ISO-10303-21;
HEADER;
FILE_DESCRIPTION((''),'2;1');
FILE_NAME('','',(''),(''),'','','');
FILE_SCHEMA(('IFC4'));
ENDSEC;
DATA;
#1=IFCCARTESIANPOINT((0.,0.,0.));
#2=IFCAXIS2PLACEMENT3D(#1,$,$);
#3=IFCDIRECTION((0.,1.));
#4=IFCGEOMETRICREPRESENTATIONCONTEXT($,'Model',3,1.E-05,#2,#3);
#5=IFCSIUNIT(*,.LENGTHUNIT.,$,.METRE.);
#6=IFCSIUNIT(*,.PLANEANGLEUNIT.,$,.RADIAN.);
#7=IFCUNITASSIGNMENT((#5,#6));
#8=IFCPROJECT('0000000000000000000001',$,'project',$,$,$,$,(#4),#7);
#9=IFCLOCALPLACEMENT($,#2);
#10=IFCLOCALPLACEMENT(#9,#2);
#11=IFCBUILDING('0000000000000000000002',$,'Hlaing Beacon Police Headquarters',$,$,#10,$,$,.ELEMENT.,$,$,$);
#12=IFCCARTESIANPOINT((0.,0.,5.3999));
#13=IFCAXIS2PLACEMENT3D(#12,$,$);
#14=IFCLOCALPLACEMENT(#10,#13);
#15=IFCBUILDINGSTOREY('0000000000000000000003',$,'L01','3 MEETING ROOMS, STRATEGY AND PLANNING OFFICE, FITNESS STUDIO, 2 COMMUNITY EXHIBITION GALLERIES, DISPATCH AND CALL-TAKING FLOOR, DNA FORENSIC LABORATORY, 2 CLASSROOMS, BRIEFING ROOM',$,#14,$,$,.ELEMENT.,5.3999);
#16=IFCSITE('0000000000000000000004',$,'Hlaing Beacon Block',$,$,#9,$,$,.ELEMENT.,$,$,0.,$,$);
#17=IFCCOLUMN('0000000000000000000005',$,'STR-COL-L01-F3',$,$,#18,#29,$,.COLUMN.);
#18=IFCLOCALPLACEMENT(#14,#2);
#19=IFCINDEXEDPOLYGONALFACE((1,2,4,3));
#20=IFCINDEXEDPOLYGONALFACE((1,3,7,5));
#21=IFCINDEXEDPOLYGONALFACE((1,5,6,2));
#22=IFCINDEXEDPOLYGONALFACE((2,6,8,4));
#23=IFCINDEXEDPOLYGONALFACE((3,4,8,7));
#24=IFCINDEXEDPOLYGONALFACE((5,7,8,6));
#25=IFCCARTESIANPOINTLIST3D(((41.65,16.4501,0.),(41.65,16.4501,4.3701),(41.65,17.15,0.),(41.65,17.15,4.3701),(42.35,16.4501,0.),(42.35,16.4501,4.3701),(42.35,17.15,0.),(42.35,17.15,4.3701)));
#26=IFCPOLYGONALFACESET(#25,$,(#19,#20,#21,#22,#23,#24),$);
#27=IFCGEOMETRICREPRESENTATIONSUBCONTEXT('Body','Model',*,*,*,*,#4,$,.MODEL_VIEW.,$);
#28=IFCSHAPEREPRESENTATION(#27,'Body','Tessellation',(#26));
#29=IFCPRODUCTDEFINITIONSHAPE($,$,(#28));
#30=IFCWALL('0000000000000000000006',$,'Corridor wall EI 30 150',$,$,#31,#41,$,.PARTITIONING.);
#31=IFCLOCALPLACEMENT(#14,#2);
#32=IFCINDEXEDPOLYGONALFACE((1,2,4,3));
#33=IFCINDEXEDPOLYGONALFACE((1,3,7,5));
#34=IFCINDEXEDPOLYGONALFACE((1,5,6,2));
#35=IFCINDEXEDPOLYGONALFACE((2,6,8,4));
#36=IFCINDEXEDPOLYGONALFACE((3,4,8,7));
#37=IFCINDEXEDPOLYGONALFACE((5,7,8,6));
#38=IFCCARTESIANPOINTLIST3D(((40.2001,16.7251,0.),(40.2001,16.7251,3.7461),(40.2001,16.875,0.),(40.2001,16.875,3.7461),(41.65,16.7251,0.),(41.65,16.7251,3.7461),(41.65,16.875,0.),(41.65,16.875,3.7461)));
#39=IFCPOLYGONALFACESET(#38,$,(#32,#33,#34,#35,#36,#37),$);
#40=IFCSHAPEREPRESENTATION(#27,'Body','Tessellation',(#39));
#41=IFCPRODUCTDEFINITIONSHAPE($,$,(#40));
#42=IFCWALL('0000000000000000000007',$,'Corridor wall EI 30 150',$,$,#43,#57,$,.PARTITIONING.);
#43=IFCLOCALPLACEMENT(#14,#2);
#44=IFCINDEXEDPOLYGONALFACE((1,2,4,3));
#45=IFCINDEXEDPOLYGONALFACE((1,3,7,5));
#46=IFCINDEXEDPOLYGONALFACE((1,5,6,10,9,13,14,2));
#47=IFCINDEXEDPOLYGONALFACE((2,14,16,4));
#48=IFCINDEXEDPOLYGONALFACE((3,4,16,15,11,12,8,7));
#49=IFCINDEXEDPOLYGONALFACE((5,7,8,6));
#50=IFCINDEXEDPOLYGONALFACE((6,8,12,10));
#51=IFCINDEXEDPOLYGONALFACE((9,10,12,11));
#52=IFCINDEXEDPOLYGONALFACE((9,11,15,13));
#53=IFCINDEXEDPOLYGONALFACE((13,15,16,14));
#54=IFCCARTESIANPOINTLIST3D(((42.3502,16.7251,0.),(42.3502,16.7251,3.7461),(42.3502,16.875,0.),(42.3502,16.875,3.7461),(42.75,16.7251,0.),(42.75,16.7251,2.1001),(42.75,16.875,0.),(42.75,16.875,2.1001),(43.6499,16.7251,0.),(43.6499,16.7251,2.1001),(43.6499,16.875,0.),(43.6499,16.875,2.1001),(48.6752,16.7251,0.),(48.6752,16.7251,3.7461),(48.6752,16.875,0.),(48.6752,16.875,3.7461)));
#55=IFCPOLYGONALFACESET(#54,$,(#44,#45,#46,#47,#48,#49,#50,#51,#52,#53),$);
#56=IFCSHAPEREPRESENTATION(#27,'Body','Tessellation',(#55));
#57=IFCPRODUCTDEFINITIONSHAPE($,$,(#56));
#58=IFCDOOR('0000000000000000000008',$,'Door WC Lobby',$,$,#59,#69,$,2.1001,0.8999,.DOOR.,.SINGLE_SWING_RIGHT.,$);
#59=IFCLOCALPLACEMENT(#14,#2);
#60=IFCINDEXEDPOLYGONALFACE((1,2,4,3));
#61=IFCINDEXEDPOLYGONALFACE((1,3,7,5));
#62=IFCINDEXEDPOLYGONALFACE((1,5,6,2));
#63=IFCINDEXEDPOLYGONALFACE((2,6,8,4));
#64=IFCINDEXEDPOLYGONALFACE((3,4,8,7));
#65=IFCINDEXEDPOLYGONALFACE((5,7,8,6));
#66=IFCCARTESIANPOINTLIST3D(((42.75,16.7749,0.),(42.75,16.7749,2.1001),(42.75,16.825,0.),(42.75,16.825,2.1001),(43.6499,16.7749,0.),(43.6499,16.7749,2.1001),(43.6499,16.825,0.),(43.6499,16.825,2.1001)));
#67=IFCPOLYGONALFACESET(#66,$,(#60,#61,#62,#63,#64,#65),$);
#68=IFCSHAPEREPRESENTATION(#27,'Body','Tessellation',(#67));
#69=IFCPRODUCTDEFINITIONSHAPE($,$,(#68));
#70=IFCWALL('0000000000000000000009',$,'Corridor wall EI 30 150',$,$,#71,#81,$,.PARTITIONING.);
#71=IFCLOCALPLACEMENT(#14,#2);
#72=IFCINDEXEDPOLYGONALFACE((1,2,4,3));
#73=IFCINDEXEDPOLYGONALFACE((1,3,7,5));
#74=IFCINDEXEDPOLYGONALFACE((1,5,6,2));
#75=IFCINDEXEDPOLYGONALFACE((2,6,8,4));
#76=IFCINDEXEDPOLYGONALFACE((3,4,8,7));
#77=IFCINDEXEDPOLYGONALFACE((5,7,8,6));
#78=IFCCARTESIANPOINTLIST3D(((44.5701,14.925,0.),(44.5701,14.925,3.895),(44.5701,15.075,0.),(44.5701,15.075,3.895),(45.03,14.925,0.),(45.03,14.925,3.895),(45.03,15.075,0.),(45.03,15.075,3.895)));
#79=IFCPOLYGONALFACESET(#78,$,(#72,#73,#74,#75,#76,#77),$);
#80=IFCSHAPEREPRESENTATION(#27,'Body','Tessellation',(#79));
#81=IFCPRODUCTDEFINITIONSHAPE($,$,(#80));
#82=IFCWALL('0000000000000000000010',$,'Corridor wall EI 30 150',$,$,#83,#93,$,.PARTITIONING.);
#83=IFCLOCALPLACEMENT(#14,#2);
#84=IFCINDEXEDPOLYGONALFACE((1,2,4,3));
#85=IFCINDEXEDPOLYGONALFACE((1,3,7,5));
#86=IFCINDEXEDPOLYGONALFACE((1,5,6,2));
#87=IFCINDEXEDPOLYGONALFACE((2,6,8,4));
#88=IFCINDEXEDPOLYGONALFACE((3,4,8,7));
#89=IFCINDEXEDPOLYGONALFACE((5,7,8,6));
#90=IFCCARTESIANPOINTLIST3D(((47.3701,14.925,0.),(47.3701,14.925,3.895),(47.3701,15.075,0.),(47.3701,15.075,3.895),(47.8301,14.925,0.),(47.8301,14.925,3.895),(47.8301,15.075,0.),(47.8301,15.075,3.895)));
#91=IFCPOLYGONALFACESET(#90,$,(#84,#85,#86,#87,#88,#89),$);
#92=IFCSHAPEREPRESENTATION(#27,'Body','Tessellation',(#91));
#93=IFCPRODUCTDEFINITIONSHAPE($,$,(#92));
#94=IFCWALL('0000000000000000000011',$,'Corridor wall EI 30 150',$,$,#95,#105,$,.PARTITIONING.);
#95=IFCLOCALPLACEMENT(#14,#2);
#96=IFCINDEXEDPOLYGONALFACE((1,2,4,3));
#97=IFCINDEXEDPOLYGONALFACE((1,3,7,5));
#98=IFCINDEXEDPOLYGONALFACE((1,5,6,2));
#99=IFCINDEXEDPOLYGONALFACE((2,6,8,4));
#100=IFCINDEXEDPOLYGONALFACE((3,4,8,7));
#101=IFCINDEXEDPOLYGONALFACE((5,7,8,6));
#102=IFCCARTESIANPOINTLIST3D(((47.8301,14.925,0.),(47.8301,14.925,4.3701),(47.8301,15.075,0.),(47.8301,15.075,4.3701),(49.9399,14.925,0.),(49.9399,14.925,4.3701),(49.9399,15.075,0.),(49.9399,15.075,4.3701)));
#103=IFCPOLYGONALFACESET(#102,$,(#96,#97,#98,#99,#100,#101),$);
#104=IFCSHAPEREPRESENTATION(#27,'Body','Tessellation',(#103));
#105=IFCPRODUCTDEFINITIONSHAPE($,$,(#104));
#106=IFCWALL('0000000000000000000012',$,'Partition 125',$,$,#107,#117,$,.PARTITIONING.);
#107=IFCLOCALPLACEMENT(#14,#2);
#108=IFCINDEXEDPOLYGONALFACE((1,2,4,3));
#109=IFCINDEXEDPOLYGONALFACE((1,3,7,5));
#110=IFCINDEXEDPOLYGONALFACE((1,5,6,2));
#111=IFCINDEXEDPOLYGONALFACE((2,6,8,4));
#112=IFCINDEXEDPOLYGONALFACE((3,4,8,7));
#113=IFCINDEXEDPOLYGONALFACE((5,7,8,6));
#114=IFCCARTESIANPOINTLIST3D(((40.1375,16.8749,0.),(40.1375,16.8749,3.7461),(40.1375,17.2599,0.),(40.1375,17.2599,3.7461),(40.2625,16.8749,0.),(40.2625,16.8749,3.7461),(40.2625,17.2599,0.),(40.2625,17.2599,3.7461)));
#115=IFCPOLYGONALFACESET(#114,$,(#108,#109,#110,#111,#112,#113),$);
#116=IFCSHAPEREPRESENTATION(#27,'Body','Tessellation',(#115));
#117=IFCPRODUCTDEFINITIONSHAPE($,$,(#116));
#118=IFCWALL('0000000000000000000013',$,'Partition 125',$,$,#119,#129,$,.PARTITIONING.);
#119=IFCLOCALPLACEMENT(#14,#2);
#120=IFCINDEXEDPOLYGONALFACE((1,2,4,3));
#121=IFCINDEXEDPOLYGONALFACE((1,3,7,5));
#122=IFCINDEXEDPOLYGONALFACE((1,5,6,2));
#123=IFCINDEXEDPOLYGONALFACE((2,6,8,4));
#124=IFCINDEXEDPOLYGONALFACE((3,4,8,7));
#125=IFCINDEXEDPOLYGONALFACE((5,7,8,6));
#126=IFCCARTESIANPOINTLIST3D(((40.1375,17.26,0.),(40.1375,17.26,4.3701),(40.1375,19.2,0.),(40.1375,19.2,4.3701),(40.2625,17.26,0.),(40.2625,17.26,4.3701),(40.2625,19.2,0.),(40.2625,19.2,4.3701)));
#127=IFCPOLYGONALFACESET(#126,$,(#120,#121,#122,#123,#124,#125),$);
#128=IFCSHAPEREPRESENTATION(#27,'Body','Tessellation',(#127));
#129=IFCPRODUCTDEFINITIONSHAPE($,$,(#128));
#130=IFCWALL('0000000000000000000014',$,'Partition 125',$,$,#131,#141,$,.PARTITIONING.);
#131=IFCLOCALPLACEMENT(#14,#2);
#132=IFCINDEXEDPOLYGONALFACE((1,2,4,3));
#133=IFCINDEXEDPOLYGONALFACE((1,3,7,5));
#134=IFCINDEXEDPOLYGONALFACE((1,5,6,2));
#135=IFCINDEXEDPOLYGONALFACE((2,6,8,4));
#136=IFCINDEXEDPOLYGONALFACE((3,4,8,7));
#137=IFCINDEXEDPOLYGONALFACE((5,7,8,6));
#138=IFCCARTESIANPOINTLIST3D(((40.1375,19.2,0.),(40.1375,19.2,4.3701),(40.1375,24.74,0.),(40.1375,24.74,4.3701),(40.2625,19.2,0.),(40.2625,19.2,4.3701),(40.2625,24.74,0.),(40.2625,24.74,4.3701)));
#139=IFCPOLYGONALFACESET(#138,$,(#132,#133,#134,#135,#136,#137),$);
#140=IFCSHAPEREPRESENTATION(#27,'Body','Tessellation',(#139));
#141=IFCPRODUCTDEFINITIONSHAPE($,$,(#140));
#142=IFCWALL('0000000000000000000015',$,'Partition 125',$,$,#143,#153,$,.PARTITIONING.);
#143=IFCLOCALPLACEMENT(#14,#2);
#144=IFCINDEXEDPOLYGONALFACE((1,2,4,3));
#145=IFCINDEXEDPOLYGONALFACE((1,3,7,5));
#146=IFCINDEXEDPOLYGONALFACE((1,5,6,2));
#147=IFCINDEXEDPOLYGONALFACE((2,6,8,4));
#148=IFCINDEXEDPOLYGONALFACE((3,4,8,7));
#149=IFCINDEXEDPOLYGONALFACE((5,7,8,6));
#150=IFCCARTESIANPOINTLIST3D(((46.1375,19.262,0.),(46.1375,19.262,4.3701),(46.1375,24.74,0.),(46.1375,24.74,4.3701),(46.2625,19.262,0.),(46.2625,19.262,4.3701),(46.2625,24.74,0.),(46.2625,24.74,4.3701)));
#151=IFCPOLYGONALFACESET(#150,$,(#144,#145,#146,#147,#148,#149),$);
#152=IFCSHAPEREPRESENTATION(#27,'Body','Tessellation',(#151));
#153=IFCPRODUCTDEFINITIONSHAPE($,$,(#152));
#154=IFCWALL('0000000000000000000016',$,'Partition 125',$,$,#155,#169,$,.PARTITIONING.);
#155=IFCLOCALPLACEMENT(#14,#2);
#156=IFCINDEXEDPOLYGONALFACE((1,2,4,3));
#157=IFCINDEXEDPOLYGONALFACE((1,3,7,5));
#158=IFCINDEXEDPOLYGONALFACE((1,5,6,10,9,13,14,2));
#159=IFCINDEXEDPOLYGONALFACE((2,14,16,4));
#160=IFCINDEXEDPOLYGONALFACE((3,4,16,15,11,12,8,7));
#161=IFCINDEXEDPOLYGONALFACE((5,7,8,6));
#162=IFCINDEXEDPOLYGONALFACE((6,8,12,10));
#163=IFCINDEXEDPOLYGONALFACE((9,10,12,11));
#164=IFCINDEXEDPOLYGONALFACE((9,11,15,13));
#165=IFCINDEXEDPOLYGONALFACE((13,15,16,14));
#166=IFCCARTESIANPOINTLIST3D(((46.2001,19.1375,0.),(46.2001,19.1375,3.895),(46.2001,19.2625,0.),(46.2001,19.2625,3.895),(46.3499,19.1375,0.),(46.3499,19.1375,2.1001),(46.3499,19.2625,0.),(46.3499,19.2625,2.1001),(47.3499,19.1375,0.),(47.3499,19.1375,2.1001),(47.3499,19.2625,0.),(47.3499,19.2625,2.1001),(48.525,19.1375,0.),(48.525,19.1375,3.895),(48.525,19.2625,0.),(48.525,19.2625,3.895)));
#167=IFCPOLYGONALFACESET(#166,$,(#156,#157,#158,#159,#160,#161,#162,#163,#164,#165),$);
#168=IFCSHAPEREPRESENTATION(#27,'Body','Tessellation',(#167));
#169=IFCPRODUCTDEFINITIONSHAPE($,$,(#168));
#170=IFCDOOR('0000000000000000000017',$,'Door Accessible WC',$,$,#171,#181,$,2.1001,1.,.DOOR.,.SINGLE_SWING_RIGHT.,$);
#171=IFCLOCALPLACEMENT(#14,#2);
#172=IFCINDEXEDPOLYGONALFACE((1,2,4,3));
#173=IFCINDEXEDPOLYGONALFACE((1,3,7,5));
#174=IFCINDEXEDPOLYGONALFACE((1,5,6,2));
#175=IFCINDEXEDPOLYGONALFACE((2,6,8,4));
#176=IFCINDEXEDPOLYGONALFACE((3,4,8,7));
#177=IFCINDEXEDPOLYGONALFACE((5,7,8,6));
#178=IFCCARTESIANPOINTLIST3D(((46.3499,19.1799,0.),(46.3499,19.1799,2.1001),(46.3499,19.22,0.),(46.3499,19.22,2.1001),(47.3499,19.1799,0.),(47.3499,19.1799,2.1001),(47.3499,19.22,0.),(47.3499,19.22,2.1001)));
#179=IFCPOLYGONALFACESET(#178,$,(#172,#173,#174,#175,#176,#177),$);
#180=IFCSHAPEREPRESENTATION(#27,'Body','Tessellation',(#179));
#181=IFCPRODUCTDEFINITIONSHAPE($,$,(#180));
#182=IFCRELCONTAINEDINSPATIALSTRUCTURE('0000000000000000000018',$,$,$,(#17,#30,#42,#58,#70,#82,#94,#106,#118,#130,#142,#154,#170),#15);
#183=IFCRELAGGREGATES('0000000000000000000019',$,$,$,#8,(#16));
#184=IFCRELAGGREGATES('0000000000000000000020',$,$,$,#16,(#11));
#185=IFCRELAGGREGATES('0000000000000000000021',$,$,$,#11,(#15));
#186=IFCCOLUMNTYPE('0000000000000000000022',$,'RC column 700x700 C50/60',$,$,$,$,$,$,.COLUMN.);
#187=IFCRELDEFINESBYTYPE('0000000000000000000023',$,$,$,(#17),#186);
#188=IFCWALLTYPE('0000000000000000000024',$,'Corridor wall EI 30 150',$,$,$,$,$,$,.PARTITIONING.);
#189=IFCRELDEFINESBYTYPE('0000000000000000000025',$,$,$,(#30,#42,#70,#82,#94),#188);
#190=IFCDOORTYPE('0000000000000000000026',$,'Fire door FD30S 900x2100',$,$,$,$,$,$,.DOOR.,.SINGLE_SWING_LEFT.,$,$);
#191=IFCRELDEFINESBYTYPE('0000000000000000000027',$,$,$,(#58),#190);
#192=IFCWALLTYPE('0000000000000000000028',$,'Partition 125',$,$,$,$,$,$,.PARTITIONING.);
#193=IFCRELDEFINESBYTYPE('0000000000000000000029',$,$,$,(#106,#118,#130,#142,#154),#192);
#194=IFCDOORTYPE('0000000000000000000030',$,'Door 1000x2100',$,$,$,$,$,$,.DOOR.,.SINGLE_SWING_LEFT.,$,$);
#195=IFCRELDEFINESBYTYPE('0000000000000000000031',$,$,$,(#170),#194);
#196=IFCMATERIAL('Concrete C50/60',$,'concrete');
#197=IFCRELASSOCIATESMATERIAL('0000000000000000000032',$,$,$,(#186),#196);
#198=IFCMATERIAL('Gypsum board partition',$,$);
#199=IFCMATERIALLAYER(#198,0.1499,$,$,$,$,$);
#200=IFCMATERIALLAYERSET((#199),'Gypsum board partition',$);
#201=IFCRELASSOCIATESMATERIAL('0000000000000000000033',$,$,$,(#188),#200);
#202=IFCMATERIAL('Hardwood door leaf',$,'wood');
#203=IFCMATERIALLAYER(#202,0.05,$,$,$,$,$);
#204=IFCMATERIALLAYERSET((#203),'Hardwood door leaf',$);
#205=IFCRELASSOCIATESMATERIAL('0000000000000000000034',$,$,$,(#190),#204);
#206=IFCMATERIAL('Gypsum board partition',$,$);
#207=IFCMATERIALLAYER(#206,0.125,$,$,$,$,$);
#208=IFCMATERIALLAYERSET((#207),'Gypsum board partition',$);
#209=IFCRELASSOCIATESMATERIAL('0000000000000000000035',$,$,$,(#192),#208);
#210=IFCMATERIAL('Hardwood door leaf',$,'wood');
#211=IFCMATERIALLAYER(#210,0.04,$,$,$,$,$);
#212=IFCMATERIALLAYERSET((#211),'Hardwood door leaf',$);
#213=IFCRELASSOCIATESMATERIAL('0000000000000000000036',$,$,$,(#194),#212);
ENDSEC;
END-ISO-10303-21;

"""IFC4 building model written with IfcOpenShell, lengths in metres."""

from ifc_helpers import new_model, si_unit, direction, frame, frame_2d, origin, origin_2d, place, context, subcontext, project, spatial, rectangle, extrude, material, layer, layer_set, material_profile, profile_set, type_object, element, fill, save


model = new_model("IFC4")

# Units and contexts
model_context = context("Model", 3, precision=1e-05, world=origin(), true_north=direction((0.0, 1.0)))
body_context = subcontext(model_context, "Body", "Model", "MODEL_VIEW")
ifc_project = project(units=[si_unit("LENGTHUNIT", "METRE"), si_unit("PLANEANGLEUNIT", "RADIAN")], contexts=[model_context])

# Site, building, storey
site_placement = place(None, origin())
site = spatial("IfcSite", under=ifc_project, at=site_placement, Name="Hlaing Beacon Block", CompositionType="ELEMENT", RefElevation=0.0)
building_placement = place(site_placement, origin())
building = spatial("IfcBuilding", under=site, at=building_placement, Name="Hlaing Beacon Police Headquarters", CompositionType="ELEMENT")
storey_placement = place(building_placement, frame((0.0, 0.0, 5.3999)))
storey = spatial("IfcBuildingStorey", under=building, at=storey_placement, Name="L01", Description="3 MEETING ROOMS, STRATEGY AND PLANNING OFFICE, FITNESS STUDIO, 2 COMMUNITY EXHIBITION GALLERIES, DISPATCH AND CALL-TAKING FLOOR, DNA FORENSIC LABORATORY, 2 CLASSROOMS, BRIEFING ROOM", CompositionType="ELEMENT", Elevation=5.3999)

# Column
ifc_material_1 = material(Name="Concrete C50/60", Category="concrete")
ifc_material_profile = material_profile(ifc_material_1, rectangle(XDim=0.7, YDim=0.7, at=origin_2d()), Name="700x700")
ifc_profile_set = profile_set([ifc_material_profile], Name="Concrete C50/60")
column_type = type_object("IfcColumnType", Name="RC column 700x700 C50/60", PredefinedType="COLUMN", material=ifc_profile_set)
column_placement = place(storey_placement, frame((42.0, 16.8, 0.0), z_axis=(0.0, 0.0, 1.0), x_axis=(1.0, 0.0, 0.0)))
element("IfcColumn", 1, at=column_placement, inside=storey, type_object=column_type, Name="STR-COL-L01-F3", PredefinedType="COLUMN", context=body_context, shape_type="SweptSolid", body=[
    extrude(rectangle(XDim=0.7, YDim=0.7, at=origin_2d()), origin(), (0.0, 0.0, 1.0), 4.3701),
])

# Wall
ifc_material_2 = material(Name="Gypsum board partition")
ifc_layer_1 = layer(ifc_material_2, 0.1499)
ifc_layer_set_1 = layer_set([ifc_layer_1], Name="Gypsum board partition")
wall_type_1 = type_object("IfcWallType", Name="Corridor wall EI 30 150", PredefinedType="PARTITIONING", material=ifc_layer_set_1)
wall_1_placement = place(storey_placement, frame((40.2, 16.8, 0.0), z_axis=(0.0, 0.0, 1.0), x_axis=(1.0, 0.0, 0.0)))
element("IfcWall", 2, at=wall_1_placement, inside=storey, type_object=wall_type_1, Name="Corridor wall EI 30 150", PredefinedType="PARTITIONING", context=body_context, shape_type="SweptSolid", body=[
    extrude(rectangle(XDim=1.45, YDim=0.1499, at=frame_2d((0.7251, 0.0))), origin(), (0.0, 0.0, 1.0), 3.7461),
])

# Wall, opening, door
wall_2_placement = place(storey_placement, frame((42.3501, 16.8, 0.0), z_axis=(0.0, 0.0, 1.0), x_axis=(1.0, 0.0, 0.0)))
wall_2 = element("IfcWall", 3, at=wall_2_placement, inside=storey, type_object=wall_type_1, Name="Corridor wall EI 30 150", PredefinedType="PARTITIONING", context=body_context, shape_type="SweptSolid", body=[
    extrude(rectangle(XDim=6.325, YDim=0.1499, at=frame_2d((3.1626, 0.0))), origin(), (0.0, 0.0, 1.0), 3.7461),
])
opening_1_placement = place(wall_2_placement, frame((0.3999, 0.0, 0.0)))
opening_1 = element("IfcOpeningElement", 4, at=opening_1_placement, cuts=wall_2, PredefinedType="OPENING", context=body_context, shape_type="SweptSolid", body=[
    extrude(rectangle(XDim=0.8999, YDim=2.1001, at=frame_2d((0.45, 1.05))), frame((0.0, 0.085, 0.0), z_axis=(0.0, -1.0, 0.0), x_axis=(1.0, 0.0, 0.0)), (0.0, 0.0, 1.0), 0.1699),
])
ifc_material_3 = material(Name="Hardwood door leaf", Category="wood")
ifc_layer_2 = layer(ifc_material_3, 0.05)
ifc_layer_set_2 = layer_set([ifc_layer_2], Name="Hardwood door leaf")
door_type_1 = type_object("IfcDoorType", Name="Fire door FD30S 900x2100", OperationType="SINGLE_SWING_LEFT", PredefinedType="DOOR", material=ifc_layer_set_2)
door_1_placement = place(opening_1_placement, origin())
door_1 = element("IfcDoor", 5, at=door_1_placement, inside=storey, type_object=door_type_1, Name="Door WC Lobby", OperationType="SINGLE_SWING_RIGHT", OverallHeight=2.1001, OverallWidth=0.8999, PredefinedType="DOOR", context=body_context, shape_type="SweptSolid", body=[
    extrude(rectangle(XDim=0.8999, YDim=2.1001, at=frame_2d((0.45, 1.05))), frame((0.0, 0.0249, 0.0), z_axis=(0.0, -1.0, 0.0), x_axis=(1.0, 0.0, 0.0)), (0.0, 0.0, 1.0), 0.05),
])
fill(opening_1, door_1)

# Wall
wall_3_placement = place(storey_placement, frame((44.5701, 15.0, 0.0), z_axis=(0.0, 0.0, 1.0), x_axis=(1.0, 0.0, 0.0)))
element("IfcWall", 6, at=wall_3_placement, inside=storey, type_object=wall_type_1, Name="Corridor wall EI 30 150", PredefinedType="PARTITIONING", context=body_context, shape_type="SweptSolid", body=[
    extrude(rectangle(XDim=0.46, YDim=0.1499, at=frame_2d((0.23, 0.0))), origin(), (0.0, 0.0, 1.0), 3.895),
])

# Walls
wall_4_placement = place(storey_placement, frame((47.3701, 15.0, 0.0), z_axis=(0.0, 0.0, 1.0), x_axis=(1.0, 0.0, 0.0)))
element("IfcWall", 7, at=wall_4_placement, inside=storey, type_object=wall_type_1, Name="Corridor wall EI 30 150", PredefinedType="PARTITIONING", context=body_context, shape_type="SweptSolid", body=[
    extrude(rectangle(XDim=0.46, YDim=0.1499, at=frame_2d((0.23, 0.0))), origin(), (0.0, 0.0, 1.0), 3.895),
])
wall_5_placement = place(storey_placement, frame((47.8301, 15.0, 0.0), z_axis=(0.0, 0.0, 1.0), x_axis=(1.0, 0.0, 0.0)))
element("IfcWall", 8, at=wall_5_placement, inside=storey, type_object=wall_type_1, Name="Corridor wall EI 30 150", PredefinedType="PARTITIONING", context=body_context, shape_type="SweptSolid", body=[
    extrude(rectangle(XDim=2.1099, YDim=0.1499, at=frame_2d((1.0549, 0.0))), origin(), (0.0, 0.0, 1.0), 4.3701),
])
ifc_material_4 = material(Name="Gypsum board partition")
ifc_layer_3 = layer(ifc_material_4, 0.125)
ifc_layer_set_3 = layer_set([ifc_layer_3], Name="Gypsum board partition")
wall_type_2 = type_object("IfcWallType", Name="Partition 125", PredefinedType="PARTITIONING", material=ifc_layer_set_3)
wall_6_placement = place(storey_placement, frame((40.2, 16.875, 0.0), z_axis=(0.0, 0.0, 1.0), x_axis=(0.0, 1.0, 0.0)))
element("IfcWall", 9, at=wall_6_placement, inside=storey, type_object=wall_type_2, Name="Partition 125", PredefinedType="PARTITIONING", context=body_context, shape_type="SweptSolid", body=[
    extrude(rectangle(XDim=0.385, YDim=0.125, at=frame_2d((0.1924, 0.0))), origin(), (0.0, 0.0, 1.0), 3.7461),
])
wall_7_placement = place(storey_placement, frame((40.2, 17.26, 0.0), z_axis=(0.0, 0.0, 1.0), x_axis=(0.0, 1.0, 0.0)))
element("IfcWall", 10, at=wall_7_placement, inside=storey, type_object=wall_type_2, Name="Partition 125", PredefinedType="PARTITIONING", context=body_context, shape_type="SweptSolid", body=[
    extrude(rectangle(XDim=1.9399, YDim=0.125, at=frame_2d((0.97, 0.0))), origin(), (0.0, 0.0, 1.0), 4.3701),
])
wall_8_placement = place(storey_placement, frame((40.2, 19.2, 0.0), z_axis=(0.0, 0.0, 1.0), x_axis=(0.0, 1.0, 0.0)))
element("IfcWall", 11, at=wall_8_placement, inside=storey, type_object=wall_type_2, Name="Partition 125", PredefinedType="PARTITIONING", context=body_context, shape_type="SweptSolid", body=[
    extrude(rectangle(XDim=5.54, YDim=0.125, at=frame_2d((2.77, 0.0))), origin(), (0.0, 0.0, 1.0), 4.3701),
])
wall_9_placement = place(storey_placement, frame((46.2, 19.262, 0.0), z_axis=(0.0, 0.0, 1.0), x_axis=(0.0, 1.0, 0.0)))
element("IfcWall", 12, at=wall_9_placement, inside=storey, type_object=wall_type_2, Name="Partition 125", PredefinedType="PARTITIONING", context=body_context, shape_type="SweptSolid", body=[
    extrude(rectangle(XDim=5.478, YDim=0.125, at=frame_2d((2.739, 0.0))), origin(), (0.0, 0.0, 1.0), 4.3701),
])

# Wall, opening, door
wall_10_placement = place(storey_placement, frame((46.2, 19.2, 0.0), z_axis=(0.0, 0.0, 1.0), x_axis=(1.0, 0.0, 0.0)))
wall_10 = element("IfcWall", 13, at=wall_10_placement, inside=storey, type_object=wall_type_2, Name="Partition 125", PredefinedType="PARTITIONING", context=body_context, shape_type="SweptSolid", body=[
    extrude(rectangle(XDim=2.325, YDim=0.125, at=frame_2d((1.1626, 0.0))), origin(), (0.0, 0.0, 1.0), 3.895),
])
opening_2_placement = place(wall_10_placement, frame((0.1499, 0.0, 0.0)))
opening_2 = element("IfcOpeningElement", 14, at=opening_2_placement, cuts=wall_10, PredefinedType="OPENING", context=body_context, shape_type="SweptSolid", body=[
    extrude(rectangle(XDim=1.0, YDim=2.1001, at=frame_2d((0.5, 1.05))), frame((0.0, 0.0725, 0.0), z_axis=(0.0, -1.0, 0.0), x_axis=(1.0, 0.0, 0.0)), (0.0, 0.0, 1.0), 0.145),
])
ifc_material_5 = material(Name="Hardwood door leaf", Category="wood")
ifc_layer_4 = layer(ifc_material_5, 0.04)
ifc_layer_set_4 = layer_set([ifc_layer_4], Name="Hardwood door leaf")
door_type_2 = type_object("IfcDoorType", Name="Door 1000x2100", OperationType="SINGLE_SWING_LEFT", PredefinedType="DOOR", material=ifc_layer_set_4)
door_2_placement = place(opening_2_placement, origin())
door_2 = element("IfcDoor", 15, at=door_2_placement, inside=storey, type_object=door_type_2, Name="Door Accessible WC", OperationType="SINGLE_SWING_RIGHT", OverallHeight=2.1001, OverallWidth=1.0, PredefinedType="DOOR", context=body_context, shape_type="SweptSolid", body=[
    extrude(rectangle(XDim=1.0, YDim=2.1001, at=frame_2d((0.5, 1.05))), frame((0.0, 0.02, 0.0), z_axis=(0.0, -1.0, 0.0), x_axis=(1.0, 0.0, 0.0)), (0.0, 0.0, 1.0), 0.04),
])
fill(opening_2, door_2)

save(model, "model.ifc")
